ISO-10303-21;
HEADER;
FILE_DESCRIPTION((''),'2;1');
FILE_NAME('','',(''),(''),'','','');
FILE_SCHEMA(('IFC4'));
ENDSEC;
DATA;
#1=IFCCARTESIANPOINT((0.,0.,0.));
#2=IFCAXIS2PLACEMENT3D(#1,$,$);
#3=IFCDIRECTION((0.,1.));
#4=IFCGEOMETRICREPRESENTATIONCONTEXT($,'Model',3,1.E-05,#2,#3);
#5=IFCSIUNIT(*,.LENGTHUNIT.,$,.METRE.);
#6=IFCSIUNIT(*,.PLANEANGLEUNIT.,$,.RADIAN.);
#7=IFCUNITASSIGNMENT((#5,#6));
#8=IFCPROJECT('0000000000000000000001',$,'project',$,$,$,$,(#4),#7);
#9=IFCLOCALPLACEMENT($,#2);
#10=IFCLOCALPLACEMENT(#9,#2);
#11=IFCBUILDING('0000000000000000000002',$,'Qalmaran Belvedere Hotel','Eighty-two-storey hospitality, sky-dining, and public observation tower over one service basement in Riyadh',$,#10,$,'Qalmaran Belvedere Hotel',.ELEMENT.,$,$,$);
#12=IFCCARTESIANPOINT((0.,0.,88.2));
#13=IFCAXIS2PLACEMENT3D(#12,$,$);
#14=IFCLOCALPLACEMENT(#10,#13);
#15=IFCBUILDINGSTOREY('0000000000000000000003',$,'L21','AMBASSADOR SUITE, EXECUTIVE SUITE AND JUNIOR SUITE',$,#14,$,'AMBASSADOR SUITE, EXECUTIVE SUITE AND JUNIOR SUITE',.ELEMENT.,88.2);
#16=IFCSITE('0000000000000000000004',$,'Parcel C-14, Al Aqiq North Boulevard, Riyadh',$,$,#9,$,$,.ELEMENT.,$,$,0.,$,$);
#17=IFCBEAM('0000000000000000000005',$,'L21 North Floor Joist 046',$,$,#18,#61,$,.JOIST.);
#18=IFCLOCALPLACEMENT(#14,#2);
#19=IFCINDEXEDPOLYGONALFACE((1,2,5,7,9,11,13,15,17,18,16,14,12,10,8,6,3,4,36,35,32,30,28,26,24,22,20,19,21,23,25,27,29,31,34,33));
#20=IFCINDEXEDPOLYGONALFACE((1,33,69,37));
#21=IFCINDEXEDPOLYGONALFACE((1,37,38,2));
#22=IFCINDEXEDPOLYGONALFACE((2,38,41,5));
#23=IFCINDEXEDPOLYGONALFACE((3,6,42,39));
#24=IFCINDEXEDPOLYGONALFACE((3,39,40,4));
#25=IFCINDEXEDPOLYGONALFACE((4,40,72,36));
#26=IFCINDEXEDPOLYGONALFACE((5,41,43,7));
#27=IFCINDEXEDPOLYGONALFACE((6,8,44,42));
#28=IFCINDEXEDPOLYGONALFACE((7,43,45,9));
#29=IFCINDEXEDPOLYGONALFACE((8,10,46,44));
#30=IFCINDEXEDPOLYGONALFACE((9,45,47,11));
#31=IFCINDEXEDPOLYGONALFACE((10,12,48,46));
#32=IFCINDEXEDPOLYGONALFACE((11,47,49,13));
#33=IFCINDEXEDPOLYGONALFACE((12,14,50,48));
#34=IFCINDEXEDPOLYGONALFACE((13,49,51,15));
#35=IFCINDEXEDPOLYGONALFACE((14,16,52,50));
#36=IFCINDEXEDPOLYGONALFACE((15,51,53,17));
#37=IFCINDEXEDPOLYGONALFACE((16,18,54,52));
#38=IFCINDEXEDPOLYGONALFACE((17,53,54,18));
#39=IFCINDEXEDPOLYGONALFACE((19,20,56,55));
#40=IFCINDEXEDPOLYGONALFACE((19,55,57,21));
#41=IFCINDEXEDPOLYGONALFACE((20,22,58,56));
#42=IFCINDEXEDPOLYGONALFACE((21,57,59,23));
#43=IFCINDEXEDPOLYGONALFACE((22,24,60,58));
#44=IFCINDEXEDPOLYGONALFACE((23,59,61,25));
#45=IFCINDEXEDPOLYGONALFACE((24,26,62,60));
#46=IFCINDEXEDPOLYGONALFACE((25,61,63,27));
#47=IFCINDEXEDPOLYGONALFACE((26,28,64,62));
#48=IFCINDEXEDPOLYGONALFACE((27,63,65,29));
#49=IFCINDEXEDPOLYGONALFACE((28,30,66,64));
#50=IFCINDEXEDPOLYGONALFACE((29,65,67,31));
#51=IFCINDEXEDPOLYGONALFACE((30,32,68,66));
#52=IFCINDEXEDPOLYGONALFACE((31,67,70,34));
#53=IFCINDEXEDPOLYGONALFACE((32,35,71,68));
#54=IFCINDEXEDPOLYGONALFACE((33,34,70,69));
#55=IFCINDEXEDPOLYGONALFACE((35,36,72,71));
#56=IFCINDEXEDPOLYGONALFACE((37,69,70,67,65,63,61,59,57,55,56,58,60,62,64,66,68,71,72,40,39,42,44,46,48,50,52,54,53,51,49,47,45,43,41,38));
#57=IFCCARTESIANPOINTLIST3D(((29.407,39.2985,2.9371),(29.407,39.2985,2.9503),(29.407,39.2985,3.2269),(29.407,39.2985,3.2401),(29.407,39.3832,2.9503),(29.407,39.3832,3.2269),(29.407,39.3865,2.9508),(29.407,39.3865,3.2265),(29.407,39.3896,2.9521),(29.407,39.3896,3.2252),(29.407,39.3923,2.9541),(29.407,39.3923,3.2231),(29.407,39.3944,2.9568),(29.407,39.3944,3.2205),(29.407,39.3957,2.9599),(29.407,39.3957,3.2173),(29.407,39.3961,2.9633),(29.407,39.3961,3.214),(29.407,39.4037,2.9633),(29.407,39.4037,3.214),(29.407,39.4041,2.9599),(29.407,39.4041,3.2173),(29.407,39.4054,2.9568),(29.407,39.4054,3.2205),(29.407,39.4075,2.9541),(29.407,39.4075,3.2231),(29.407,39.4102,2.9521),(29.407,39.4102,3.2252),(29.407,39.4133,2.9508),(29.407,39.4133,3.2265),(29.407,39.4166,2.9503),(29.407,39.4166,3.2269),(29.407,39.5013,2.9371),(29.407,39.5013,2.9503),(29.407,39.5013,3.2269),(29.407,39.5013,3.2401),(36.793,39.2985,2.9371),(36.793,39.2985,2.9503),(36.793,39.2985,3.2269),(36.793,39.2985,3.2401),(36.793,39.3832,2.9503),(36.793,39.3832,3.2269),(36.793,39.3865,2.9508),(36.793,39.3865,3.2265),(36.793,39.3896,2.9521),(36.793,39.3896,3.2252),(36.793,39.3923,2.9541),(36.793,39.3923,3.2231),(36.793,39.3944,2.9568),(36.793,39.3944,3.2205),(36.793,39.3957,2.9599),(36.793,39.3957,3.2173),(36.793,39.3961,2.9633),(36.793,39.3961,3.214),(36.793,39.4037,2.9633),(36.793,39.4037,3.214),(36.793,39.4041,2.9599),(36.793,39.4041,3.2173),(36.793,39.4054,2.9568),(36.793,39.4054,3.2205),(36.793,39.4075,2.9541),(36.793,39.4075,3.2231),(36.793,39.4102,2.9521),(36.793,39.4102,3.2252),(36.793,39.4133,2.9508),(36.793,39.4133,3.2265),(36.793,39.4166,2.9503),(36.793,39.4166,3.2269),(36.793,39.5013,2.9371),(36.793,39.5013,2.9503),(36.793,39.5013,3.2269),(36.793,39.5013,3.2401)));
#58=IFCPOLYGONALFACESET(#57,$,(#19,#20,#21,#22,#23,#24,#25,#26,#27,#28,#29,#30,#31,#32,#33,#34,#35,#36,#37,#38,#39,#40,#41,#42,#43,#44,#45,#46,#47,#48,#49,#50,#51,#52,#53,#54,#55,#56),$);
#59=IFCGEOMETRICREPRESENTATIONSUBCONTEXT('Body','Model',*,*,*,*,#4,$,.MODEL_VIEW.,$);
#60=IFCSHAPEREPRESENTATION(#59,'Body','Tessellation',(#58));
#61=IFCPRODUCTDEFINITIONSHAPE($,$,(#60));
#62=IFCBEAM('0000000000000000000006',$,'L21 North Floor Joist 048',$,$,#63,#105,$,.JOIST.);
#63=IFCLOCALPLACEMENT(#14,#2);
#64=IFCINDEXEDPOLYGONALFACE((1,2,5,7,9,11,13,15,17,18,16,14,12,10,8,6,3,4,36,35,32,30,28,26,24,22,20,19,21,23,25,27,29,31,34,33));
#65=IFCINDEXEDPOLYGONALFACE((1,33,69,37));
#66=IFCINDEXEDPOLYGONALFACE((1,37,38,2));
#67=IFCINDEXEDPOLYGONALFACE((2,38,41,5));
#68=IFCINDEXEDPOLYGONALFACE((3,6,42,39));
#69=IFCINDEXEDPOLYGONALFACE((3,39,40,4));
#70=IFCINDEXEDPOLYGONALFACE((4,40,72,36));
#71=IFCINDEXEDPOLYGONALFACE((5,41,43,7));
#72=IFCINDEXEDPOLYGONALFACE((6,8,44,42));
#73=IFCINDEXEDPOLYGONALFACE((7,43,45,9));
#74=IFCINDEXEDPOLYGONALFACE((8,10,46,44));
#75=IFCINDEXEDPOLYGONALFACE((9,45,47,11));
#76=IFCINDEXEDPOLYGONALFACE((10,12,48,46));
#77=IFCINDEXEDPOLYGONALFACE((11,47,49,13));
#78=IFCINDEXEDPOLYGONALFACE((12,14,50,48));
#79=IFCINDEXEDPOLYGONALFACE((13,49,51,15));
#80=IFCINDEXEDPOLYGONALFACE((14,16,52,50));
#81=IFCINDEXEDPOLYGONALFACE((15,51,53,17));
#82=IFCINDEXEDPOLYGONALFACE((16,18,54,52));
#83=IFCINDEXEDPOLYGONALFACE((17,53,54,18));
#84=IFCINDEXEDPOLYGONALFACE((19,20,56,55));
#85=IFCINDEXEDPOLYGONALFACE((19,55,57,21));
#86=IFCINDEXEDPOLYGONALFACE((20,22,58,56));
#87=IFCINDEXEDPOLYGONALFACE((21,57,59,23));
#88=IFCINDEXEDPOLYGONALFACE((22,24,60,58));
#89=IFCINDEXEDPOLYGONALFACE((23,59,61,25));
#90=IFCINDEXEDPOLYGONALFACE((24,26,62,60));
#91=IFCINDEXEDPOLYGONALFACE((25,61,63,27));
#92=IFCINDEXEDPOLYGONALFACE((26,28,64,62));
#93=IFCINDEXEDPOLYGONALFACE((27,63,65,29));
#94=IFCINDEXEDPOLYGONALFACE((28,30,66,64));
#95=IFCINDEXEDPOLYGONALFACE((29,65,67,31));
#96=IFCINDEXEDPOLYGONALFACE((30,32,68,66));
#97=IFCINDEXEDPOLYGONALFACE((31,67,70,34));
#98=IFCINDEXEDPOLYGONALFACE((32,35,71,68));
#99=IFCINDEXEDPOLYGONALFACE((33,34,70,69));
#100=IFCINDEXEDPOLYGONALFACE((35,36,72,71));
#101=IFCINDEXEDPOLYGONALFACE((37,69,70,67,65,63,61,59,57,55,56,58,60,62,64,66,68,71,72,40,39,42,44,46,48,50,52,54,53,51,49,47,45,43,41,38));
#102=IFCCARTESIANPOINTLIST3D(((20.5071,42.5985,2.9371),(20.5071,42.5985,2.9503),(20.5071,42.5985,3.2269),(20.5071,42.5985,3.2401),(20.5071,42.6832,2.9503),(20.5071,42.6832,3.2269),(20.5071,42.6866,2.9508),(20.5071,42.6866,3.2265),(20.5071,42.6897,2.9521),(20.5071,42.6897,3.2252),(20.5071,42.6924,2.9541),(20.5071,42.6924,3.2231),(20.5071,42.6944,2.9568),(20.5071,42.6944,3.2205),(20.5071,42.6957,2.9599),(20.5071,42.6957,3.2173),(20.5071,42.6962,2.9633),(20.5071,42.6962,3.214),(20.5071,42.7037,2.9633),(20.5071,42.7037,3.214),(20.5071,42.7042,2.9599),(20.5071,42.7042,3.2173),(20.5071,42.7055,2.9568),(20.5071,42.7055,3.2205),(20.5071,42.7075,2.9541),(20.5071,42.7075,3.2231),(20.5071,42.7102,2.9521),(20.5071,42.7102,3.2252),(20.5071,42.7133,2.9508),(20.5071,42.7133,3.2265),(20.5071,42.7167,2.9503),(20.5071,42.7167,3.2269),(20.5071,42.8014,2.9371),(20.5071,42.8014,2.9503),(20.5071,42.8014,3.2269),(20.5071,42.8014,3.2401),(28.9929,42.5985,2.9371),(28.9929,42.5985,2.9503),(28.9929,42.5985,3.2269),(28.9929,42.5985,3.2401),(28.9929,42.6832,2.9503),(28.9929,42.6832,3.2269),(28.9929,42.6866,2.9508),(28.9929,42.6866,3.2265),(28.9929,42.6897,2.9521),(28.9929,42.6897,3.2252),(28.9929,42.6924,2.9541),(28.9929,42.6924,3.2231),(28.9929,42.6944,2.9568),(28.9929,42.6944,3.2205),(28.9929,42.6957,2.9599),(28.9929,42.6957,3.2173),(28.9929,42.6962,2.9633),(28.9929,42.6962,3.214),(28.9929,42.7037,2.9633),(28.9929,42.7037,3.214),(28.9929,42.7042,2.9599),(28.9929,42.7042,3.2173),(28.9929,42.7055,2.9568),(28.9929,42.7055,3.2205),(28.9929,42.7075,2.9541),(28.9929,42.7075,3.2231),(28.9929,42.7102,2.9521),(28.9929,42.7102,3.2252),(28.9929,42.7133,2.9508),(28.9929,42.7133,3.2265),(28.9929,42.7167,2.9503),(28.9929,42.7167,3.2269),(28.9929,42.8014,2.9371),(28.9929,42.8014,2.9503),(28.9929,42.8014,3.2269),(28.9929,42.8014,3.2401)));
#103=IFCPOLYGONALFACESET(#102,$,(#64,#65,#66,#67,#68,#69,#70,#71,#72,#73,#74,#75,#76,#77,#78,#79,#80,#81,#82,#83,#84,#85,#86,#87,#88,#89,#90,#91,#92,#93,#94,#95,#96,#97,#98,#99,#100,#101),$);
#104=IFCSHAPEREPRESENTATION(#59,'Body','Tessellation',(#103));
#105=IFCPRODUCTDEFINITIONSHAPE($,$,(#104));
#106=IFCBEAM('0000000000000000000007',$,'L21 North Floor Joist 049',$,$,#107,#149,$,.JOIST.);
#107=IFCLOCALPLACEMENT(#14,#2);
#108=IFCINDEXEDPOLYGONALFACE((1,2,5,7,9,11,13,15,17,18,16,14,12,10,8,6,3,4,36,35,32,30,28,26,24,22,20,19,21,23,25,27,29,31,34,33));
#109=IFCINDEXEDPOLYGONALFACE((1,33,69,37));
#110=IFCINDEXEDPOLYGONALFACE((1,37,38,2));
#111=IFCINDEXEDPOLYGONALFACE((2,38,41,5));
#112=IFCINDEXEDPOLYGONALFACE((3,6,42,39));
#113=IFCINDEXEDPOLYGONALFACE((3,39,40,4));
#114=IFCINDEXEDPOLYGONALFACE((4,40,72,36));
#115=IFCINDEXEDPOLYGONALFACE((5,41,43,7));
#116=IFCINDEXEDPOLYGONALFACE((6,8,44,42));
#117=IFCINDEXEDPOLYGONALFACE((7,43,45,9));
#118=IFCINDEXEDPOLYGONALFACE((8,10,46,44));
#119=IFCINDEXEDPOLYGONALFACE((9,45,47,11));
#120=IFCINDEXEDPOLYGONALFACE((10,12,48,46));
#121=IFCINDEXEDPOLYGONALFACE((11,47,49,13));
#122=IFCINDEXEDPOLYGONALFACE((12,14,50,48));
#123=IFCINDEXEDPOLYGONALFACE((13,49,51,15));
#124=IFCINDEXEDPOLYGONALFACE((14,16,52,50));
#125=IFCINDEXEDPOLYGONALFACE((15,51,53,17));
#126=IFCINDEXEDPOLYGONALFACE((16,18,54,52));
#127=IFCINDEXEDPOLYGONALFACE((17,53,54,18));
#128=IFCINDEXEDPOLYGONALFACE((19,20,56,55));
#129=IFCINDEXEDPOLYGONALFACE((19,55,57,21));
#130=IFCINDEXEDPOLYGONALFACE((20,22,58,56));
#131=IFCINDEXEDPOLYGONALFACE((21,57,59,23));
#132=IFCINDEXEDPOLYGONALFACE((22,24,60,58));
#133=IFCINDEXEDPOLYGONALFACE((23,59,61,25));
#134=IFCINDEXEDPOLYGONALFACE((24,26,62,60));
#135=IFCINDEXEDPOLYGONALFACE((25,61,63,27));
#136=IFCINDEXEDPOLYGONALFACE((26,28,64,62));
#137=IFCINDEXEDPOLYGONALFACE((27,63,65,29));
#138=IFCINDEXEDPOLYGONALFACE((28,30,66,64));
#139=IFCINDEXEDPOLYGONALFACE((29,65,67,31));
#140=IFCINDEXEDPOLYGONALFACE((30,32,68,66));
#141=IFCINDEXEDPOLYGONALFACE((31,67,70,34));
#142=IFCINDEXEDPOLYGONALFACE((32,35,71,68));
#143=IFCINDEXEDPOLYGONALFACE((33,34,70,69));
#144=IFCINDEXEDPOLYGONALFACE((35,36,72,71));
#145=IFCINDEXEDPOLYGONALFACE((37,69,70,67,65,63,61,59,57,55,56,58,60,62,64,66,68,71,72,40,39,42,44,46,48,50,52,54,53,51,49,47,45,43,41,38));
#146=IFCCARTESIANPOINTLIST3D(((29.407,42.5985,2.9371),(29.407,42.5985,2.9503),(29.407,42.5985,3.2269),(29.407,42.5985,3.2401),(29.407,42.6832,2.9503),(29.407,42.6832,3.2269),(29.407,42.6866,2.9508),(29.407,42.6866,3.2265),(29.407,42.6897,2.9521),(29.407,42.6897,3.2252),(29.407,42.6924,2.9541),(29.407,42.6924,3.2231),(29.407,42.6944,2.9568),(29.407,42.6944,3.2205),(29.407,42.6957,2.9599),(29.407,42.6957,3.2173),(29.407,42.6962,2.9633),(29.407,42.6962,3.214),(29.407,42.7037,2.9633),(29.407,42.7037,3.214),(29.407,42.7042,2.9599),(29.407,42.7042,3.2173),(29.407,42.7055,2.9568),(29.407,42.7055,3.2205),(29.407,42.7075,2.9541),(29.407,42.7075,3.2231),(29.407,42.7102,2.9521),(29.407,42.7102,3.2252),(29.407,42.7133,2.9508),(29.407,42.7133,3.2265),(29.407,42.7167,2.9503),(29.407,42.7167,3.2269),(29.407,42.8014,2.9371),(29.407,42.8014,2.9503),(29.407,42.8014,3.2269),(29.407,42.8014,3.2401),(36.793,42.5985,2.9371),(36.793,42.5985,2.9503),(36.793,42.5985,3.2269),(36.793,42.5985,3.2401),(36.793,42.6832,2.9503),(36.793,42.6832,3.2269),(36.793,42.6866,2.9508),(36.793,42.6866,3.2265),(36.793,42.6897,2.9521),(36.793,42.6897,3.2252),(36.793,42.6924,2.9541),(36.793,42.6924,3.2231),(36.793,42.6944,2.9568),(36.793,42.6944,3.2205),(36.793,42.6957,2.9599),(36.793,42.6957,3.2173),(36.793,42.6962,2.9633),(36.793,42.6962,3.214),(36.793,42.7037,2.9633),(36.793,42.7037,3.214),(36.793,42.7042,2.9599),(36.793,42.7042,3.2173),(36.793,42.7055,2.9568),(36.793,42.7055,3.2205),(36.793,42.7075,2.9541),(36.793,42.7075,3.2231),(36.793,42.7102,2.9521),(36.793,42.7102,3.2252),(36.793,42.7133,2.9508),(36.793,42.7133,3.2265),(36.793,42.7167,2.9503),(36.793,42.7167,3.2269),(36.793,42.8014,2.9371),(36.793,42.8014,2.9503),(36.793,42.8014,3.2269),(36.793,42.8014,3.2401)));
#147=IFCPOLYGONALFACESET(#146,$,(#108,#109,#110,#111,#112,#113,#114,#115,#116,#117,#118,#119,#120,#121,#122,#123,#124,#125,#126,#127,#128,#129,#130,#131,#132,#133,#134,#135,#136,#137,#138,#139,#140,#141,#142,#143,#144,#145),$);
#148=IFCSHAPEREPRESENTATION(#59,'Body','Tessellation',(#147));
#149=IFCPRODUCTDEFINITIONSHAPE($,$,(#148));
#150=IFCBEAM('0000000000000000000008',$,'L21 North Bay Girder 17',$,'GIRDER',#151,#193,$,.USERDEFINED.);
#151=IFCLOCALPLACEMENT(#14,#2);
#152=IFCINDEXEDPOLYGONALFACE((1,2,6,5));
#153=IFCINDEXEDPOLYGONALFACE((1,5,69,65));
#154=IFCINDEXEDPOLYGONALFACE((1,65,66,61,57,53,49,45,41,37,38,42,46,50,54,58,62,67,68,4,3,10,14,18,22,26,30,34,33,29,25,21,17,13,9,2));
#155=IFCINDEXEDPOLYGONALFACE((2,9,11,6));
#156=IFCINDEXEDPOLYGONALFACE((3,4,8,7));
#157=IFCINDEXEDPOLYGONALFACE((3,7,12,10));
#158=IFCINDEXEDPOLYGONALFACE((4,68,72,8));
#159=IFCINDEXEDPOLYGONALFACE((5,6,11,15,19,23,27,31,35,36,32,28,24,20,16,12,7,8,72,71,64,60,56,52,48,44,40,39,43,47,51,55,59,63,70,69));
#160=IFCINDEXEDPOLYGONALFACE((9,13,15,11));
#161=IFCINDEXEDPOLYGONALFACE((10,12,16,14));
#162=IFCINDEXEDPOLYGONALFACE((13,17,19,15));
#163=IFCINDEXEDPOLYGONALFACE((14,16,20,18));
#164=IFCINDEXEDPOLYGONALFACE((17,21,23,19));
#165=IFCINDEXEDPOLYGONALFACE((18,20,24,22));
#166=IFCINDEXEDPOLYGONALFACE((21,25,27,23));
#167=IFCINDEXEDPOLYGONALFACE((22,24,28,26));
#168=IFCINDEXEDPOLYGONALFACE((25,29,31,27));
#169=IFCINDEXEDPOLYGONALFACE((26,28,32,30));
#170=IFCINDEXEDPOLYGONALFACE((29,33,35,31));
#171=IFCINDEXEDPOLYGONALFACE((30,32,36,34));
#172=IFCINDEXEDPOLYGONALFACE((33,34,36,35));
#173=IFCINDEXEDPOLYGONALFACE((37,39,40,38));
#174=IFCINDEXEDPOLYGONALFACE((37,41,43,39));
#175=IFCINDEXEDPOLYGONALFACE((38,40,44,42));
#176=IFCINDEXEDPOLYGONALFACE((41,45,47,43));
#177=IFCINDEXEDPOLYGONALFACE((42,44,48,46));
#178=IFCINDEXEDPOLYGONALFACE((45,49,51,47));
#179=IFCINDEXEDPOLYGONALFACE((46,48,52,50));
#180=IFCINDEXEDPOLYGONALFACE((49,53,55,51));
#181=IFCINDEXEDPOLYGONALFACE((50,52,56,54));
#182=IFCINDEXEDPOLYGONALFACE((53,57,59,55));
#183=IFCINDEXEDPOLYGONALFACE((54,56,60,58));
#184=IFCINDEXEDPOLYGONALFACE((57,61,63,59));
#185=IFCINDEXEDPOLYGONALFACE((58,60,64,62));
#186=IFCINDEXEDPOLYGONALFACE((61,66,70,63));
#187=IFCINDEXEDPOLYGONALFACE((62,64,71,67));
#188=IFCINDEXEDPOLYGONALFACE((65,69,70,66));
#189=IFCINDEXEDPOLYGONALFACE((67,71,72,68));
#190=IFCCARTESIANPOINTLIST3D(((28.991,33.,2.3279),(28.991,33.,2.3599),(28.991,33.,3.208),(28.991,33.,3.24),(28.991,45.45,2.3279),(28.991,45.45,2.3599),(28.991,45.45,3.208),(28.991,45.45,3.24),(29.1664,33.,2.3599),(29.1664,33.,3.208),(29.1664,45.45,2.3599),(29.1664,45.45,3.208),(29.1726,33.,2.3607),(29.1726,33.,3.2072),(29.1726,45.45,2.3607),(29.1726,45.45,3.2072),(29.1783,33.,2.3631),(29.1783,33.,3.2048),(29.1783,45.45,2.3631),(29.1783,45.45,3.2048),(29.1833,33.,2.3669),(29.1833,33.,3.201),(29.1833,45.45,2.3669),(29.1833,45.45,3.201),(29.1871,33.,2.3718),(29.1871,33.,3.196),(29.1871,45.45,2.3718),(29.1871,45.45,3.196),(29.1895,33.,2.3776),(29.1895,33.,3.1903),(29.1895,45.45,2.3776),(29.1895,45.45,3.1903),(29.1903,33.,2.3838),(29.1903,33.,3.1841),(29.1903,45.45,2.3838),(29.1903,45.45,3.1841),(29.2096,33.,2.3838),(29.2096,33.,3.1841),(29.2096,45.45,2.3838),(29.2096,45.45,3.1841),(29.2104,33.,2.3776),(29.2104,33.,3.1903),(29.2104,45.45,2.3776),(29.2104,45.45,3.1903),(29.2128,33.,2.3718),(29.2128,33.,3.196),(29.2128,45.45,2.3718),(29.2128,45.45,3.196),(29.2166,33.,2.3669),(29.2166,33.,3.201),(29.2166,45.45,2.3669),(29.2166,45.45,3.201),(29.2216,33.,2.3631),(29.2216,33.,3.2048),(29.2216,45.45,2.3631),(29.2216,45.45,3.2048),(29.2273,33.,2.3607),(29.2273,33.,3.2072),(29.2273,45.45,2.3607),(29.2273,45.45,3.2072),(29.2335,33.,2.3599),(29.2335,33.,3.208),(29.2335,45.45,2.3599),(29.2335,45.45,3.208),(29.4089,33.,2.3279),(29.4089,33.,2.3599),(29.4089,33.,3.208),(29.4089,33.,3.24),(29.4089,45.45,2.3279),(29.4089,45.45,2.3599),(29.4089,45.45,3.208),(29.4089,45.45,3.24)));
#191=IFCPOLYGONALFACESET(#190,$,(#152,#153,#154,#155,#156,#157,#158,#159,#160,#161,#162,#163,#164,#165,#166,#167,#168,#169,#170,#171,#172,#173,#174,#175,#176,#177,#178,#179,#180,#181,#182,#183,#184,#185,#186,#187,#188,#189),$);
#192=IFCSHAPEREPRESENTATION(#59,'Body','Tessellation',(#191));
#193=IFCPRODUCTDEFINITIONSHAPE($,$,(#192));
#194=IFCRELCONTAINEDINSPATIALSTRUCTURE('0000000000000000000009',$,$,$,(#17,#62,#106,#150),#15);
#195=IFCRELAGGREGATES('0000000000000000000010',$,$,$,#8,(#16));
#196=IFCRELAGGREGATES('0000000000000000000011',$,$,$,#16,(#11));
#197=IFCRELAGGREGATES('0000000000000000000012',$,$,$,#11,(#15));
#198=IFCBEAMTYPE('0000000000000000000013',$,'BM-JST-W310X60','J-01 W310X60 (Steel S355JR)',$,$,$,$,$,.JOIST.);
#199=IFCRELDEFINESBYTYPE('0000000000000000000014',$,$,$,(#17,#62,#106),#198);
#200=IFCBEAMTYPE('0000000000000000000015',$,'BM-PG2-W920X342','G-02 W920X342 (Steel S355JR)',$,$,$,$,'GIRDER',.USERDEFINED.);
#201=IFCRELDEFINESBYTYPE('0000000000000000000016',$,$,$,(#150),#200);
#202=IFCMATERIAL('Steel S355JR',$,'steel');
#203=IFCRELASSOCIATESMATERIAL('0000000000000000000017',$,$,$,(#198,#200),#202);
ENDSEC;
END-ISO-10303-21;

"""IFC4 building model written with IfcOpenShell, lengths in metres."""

from ifc_helpers import new_model, si_unit, direction, frame, origin, origin_2d, place, context, subcontext, project, spatial, i_section, extrude, material, material_profile, profile_set, type_object, element, save


model = new_model("IFC4")

# Units and contexts
model_context = context("Model", 3, precision=1e-05, world=origin(), true_north=direction((0.0, 1.0)))
body_context = subcontext(model_context, "Body", "Model", "MODEL_VIEW")
ifc_project = project(units=[si_unit("LENGTHUNIT", "METRE"), si_unit("PLANEANGLEUNIT", "RADIAN")], contexts=[model_context])

# Site, building, storey
site_placement = place(None, origin())
site = spatial("IfcSite", under=ifc_project, at=site_placement, Name="Parcel C-14, Al Aqiq North Boulevard, Riyadh", CompositionType="ELEMENT", RefElevation=0.0)
building_placement = place(site_placement, origin())
building = spatial("IfcBuilding", under=site, at=building_placement, Name="Qalmaran Belvedere Hotel", Description="Eighty-two-storey hospitality, sky-dining, and public observation tower over one service basement in Riyadh", LongName="Qalmaran Belvedere Hotel", CompositionType="ELEMENT")
storey_placement = place(building_placement, frame((0.0, 0.0, 88.2)))
storey = spatial("IfcBuildingStorey", under=building, at=storey_placement, Name="L21", Description="AMBASSADOR SUITE, EXECUTIVE SUITE AND JUNIOR SUITE", LongName="AMBASSADOR SUITE, EXECUTIVE SUITE AND JUNIOR SUITE", CompositionType="ELEMENT", Elevation=88.2)

# Beams
ifc_material_1 = material(Name="Steel S355JR", Category="steel")
ifc_material_profile_1 = material_profile(ifc_material_1, i_section(OverallWidth=0.2029, OverallDepth=0.303, WebThickness=0.0076, FlangeThickness=0.0132, FilletRadius=0.0129, at=origin_2d()), Name="W310X60")
ifc_profile_set_1 = profile_set([ifc_material_profile_1], Name="Steel S355JR")
beam_type_1 = type_object("IfcBeamType", Name="BM-JST-W310X60", Description="J-01 W310X60 (Steel S355JR)", PredefinedType="JOIST", material=ifc_profile_set_1)
beam_1_placement = place(storey_placement, frame((29.407, 39.3999, 3.0886), z_axis=(1.0, 0.0, 0.0), x_axis=(0.0, 1.0, 0.0)))
element("IfcBeam", 1, at=beam_1_placement, inside=storey, type_object=beam_type_1, Name="L21 North Floor Joist 046", PredefinedType="JOIST", context=body_context, shape_type="SweptSolid", body=[
    extrude(i_section(OverallWidth=0.2029, OverallDepth=0.303, WebThickness=0.0076, FlangeThickness=0.0132, FilletRadius=0.0129, at=origin_2d()), origin(), (0.0, 0.0, 1.0), 7.386),
])
beam_2_placement = place(storey_placement, frame((20.5071, 42.7, 3.0886), z_axis=(1.0, 0.0, 0.0), x_axis=(0.0, 1.0, 0.0)))
element("IfcBeam", 2, at=beam_2_placement, inside=storey, type_object=beam_type_1, Name="L21 North Floor Joist 048", PredefinedType="JOIST", context=body_context, shape_type="SweptSolid", body=[
    extrude(i_section(OverallWidth=0.2029, OverallDepth=0.303, WebThickness=0.0076, FlangeThickness=0.0132, FilletRadius=0.0129, at=origin_2d()), origin(), (0.0, 0.0, 1.0), 8.4858),
])
beam_3_placement = place(storey_placement, frame((29.407, 42.7, 3.0886), z_axis=(1.0, 0.0, 0.0), x_axis=(0.0, 1.0, 0.0)))
element("IfcBeam", 3, at=beam_3_placement, inside=storey, type_object=beam_type_1, Name="L21 North Floor Joist 049", PredefinedType="JOIST", context=body_context, shape_type="SweptSolid", body=[
    extrude(i_section(OverallWidth=0.2029, OverallDepth=0.303, WebThickness=0.0076, FlangeThickness=0.0132, FilletRadius=0.0129, at=origin_2d()), origin(), (0.0, 0.0, 1.0), 7.386),
])
ifc_material_profile_2 = material_profile(ifc_material_1, i_section(OverallWidth=0.418, OverallDepth=0.9121, WebThickness=0.0193, FlangeThickness=0.032, FilletRadius=0.0239, at=origin_2d()), Name="W920X342")
ifc_profile_set_2 = profile_set([ifc_material_profile_2], Name="Steel S355JR")
beam_type_2 = type_object("IfcBeamType", Name="BM-PG2-W920X342", Description="G-02 W920X342 (Steel S355JR)", ElementType="GIRDER", PredefinedType="USERDEFINED", material=ifc_profile_set_2)
beam_4_placement = place(storey_placement, frame((29.2, 33.0, 2.7839), z_axis=(0.0, 1.0, 0.0), x_axis=(-1.0, 0.0, 0.0)))
element("IfcBeam", 4, at=beam_4_placement, inside=storey, type_object=beam_type_2, Name="L21 North Bay Girder 17", ObjectType="GIRDER", PredefinedType="USERDEFINED", context=body_context, shape_type="SweptSolid", body=[
    extrude(i_section(OverallWidth=0.418, OverallDepth=0.9121, WebThickness=0.0193, FlangeThickness=0.032, FilletRadius=0.0239, at=origin_2d()), origin(), (0.0, 0.0, 1.0), 12.45),
])

save(model, "model.ifc")
